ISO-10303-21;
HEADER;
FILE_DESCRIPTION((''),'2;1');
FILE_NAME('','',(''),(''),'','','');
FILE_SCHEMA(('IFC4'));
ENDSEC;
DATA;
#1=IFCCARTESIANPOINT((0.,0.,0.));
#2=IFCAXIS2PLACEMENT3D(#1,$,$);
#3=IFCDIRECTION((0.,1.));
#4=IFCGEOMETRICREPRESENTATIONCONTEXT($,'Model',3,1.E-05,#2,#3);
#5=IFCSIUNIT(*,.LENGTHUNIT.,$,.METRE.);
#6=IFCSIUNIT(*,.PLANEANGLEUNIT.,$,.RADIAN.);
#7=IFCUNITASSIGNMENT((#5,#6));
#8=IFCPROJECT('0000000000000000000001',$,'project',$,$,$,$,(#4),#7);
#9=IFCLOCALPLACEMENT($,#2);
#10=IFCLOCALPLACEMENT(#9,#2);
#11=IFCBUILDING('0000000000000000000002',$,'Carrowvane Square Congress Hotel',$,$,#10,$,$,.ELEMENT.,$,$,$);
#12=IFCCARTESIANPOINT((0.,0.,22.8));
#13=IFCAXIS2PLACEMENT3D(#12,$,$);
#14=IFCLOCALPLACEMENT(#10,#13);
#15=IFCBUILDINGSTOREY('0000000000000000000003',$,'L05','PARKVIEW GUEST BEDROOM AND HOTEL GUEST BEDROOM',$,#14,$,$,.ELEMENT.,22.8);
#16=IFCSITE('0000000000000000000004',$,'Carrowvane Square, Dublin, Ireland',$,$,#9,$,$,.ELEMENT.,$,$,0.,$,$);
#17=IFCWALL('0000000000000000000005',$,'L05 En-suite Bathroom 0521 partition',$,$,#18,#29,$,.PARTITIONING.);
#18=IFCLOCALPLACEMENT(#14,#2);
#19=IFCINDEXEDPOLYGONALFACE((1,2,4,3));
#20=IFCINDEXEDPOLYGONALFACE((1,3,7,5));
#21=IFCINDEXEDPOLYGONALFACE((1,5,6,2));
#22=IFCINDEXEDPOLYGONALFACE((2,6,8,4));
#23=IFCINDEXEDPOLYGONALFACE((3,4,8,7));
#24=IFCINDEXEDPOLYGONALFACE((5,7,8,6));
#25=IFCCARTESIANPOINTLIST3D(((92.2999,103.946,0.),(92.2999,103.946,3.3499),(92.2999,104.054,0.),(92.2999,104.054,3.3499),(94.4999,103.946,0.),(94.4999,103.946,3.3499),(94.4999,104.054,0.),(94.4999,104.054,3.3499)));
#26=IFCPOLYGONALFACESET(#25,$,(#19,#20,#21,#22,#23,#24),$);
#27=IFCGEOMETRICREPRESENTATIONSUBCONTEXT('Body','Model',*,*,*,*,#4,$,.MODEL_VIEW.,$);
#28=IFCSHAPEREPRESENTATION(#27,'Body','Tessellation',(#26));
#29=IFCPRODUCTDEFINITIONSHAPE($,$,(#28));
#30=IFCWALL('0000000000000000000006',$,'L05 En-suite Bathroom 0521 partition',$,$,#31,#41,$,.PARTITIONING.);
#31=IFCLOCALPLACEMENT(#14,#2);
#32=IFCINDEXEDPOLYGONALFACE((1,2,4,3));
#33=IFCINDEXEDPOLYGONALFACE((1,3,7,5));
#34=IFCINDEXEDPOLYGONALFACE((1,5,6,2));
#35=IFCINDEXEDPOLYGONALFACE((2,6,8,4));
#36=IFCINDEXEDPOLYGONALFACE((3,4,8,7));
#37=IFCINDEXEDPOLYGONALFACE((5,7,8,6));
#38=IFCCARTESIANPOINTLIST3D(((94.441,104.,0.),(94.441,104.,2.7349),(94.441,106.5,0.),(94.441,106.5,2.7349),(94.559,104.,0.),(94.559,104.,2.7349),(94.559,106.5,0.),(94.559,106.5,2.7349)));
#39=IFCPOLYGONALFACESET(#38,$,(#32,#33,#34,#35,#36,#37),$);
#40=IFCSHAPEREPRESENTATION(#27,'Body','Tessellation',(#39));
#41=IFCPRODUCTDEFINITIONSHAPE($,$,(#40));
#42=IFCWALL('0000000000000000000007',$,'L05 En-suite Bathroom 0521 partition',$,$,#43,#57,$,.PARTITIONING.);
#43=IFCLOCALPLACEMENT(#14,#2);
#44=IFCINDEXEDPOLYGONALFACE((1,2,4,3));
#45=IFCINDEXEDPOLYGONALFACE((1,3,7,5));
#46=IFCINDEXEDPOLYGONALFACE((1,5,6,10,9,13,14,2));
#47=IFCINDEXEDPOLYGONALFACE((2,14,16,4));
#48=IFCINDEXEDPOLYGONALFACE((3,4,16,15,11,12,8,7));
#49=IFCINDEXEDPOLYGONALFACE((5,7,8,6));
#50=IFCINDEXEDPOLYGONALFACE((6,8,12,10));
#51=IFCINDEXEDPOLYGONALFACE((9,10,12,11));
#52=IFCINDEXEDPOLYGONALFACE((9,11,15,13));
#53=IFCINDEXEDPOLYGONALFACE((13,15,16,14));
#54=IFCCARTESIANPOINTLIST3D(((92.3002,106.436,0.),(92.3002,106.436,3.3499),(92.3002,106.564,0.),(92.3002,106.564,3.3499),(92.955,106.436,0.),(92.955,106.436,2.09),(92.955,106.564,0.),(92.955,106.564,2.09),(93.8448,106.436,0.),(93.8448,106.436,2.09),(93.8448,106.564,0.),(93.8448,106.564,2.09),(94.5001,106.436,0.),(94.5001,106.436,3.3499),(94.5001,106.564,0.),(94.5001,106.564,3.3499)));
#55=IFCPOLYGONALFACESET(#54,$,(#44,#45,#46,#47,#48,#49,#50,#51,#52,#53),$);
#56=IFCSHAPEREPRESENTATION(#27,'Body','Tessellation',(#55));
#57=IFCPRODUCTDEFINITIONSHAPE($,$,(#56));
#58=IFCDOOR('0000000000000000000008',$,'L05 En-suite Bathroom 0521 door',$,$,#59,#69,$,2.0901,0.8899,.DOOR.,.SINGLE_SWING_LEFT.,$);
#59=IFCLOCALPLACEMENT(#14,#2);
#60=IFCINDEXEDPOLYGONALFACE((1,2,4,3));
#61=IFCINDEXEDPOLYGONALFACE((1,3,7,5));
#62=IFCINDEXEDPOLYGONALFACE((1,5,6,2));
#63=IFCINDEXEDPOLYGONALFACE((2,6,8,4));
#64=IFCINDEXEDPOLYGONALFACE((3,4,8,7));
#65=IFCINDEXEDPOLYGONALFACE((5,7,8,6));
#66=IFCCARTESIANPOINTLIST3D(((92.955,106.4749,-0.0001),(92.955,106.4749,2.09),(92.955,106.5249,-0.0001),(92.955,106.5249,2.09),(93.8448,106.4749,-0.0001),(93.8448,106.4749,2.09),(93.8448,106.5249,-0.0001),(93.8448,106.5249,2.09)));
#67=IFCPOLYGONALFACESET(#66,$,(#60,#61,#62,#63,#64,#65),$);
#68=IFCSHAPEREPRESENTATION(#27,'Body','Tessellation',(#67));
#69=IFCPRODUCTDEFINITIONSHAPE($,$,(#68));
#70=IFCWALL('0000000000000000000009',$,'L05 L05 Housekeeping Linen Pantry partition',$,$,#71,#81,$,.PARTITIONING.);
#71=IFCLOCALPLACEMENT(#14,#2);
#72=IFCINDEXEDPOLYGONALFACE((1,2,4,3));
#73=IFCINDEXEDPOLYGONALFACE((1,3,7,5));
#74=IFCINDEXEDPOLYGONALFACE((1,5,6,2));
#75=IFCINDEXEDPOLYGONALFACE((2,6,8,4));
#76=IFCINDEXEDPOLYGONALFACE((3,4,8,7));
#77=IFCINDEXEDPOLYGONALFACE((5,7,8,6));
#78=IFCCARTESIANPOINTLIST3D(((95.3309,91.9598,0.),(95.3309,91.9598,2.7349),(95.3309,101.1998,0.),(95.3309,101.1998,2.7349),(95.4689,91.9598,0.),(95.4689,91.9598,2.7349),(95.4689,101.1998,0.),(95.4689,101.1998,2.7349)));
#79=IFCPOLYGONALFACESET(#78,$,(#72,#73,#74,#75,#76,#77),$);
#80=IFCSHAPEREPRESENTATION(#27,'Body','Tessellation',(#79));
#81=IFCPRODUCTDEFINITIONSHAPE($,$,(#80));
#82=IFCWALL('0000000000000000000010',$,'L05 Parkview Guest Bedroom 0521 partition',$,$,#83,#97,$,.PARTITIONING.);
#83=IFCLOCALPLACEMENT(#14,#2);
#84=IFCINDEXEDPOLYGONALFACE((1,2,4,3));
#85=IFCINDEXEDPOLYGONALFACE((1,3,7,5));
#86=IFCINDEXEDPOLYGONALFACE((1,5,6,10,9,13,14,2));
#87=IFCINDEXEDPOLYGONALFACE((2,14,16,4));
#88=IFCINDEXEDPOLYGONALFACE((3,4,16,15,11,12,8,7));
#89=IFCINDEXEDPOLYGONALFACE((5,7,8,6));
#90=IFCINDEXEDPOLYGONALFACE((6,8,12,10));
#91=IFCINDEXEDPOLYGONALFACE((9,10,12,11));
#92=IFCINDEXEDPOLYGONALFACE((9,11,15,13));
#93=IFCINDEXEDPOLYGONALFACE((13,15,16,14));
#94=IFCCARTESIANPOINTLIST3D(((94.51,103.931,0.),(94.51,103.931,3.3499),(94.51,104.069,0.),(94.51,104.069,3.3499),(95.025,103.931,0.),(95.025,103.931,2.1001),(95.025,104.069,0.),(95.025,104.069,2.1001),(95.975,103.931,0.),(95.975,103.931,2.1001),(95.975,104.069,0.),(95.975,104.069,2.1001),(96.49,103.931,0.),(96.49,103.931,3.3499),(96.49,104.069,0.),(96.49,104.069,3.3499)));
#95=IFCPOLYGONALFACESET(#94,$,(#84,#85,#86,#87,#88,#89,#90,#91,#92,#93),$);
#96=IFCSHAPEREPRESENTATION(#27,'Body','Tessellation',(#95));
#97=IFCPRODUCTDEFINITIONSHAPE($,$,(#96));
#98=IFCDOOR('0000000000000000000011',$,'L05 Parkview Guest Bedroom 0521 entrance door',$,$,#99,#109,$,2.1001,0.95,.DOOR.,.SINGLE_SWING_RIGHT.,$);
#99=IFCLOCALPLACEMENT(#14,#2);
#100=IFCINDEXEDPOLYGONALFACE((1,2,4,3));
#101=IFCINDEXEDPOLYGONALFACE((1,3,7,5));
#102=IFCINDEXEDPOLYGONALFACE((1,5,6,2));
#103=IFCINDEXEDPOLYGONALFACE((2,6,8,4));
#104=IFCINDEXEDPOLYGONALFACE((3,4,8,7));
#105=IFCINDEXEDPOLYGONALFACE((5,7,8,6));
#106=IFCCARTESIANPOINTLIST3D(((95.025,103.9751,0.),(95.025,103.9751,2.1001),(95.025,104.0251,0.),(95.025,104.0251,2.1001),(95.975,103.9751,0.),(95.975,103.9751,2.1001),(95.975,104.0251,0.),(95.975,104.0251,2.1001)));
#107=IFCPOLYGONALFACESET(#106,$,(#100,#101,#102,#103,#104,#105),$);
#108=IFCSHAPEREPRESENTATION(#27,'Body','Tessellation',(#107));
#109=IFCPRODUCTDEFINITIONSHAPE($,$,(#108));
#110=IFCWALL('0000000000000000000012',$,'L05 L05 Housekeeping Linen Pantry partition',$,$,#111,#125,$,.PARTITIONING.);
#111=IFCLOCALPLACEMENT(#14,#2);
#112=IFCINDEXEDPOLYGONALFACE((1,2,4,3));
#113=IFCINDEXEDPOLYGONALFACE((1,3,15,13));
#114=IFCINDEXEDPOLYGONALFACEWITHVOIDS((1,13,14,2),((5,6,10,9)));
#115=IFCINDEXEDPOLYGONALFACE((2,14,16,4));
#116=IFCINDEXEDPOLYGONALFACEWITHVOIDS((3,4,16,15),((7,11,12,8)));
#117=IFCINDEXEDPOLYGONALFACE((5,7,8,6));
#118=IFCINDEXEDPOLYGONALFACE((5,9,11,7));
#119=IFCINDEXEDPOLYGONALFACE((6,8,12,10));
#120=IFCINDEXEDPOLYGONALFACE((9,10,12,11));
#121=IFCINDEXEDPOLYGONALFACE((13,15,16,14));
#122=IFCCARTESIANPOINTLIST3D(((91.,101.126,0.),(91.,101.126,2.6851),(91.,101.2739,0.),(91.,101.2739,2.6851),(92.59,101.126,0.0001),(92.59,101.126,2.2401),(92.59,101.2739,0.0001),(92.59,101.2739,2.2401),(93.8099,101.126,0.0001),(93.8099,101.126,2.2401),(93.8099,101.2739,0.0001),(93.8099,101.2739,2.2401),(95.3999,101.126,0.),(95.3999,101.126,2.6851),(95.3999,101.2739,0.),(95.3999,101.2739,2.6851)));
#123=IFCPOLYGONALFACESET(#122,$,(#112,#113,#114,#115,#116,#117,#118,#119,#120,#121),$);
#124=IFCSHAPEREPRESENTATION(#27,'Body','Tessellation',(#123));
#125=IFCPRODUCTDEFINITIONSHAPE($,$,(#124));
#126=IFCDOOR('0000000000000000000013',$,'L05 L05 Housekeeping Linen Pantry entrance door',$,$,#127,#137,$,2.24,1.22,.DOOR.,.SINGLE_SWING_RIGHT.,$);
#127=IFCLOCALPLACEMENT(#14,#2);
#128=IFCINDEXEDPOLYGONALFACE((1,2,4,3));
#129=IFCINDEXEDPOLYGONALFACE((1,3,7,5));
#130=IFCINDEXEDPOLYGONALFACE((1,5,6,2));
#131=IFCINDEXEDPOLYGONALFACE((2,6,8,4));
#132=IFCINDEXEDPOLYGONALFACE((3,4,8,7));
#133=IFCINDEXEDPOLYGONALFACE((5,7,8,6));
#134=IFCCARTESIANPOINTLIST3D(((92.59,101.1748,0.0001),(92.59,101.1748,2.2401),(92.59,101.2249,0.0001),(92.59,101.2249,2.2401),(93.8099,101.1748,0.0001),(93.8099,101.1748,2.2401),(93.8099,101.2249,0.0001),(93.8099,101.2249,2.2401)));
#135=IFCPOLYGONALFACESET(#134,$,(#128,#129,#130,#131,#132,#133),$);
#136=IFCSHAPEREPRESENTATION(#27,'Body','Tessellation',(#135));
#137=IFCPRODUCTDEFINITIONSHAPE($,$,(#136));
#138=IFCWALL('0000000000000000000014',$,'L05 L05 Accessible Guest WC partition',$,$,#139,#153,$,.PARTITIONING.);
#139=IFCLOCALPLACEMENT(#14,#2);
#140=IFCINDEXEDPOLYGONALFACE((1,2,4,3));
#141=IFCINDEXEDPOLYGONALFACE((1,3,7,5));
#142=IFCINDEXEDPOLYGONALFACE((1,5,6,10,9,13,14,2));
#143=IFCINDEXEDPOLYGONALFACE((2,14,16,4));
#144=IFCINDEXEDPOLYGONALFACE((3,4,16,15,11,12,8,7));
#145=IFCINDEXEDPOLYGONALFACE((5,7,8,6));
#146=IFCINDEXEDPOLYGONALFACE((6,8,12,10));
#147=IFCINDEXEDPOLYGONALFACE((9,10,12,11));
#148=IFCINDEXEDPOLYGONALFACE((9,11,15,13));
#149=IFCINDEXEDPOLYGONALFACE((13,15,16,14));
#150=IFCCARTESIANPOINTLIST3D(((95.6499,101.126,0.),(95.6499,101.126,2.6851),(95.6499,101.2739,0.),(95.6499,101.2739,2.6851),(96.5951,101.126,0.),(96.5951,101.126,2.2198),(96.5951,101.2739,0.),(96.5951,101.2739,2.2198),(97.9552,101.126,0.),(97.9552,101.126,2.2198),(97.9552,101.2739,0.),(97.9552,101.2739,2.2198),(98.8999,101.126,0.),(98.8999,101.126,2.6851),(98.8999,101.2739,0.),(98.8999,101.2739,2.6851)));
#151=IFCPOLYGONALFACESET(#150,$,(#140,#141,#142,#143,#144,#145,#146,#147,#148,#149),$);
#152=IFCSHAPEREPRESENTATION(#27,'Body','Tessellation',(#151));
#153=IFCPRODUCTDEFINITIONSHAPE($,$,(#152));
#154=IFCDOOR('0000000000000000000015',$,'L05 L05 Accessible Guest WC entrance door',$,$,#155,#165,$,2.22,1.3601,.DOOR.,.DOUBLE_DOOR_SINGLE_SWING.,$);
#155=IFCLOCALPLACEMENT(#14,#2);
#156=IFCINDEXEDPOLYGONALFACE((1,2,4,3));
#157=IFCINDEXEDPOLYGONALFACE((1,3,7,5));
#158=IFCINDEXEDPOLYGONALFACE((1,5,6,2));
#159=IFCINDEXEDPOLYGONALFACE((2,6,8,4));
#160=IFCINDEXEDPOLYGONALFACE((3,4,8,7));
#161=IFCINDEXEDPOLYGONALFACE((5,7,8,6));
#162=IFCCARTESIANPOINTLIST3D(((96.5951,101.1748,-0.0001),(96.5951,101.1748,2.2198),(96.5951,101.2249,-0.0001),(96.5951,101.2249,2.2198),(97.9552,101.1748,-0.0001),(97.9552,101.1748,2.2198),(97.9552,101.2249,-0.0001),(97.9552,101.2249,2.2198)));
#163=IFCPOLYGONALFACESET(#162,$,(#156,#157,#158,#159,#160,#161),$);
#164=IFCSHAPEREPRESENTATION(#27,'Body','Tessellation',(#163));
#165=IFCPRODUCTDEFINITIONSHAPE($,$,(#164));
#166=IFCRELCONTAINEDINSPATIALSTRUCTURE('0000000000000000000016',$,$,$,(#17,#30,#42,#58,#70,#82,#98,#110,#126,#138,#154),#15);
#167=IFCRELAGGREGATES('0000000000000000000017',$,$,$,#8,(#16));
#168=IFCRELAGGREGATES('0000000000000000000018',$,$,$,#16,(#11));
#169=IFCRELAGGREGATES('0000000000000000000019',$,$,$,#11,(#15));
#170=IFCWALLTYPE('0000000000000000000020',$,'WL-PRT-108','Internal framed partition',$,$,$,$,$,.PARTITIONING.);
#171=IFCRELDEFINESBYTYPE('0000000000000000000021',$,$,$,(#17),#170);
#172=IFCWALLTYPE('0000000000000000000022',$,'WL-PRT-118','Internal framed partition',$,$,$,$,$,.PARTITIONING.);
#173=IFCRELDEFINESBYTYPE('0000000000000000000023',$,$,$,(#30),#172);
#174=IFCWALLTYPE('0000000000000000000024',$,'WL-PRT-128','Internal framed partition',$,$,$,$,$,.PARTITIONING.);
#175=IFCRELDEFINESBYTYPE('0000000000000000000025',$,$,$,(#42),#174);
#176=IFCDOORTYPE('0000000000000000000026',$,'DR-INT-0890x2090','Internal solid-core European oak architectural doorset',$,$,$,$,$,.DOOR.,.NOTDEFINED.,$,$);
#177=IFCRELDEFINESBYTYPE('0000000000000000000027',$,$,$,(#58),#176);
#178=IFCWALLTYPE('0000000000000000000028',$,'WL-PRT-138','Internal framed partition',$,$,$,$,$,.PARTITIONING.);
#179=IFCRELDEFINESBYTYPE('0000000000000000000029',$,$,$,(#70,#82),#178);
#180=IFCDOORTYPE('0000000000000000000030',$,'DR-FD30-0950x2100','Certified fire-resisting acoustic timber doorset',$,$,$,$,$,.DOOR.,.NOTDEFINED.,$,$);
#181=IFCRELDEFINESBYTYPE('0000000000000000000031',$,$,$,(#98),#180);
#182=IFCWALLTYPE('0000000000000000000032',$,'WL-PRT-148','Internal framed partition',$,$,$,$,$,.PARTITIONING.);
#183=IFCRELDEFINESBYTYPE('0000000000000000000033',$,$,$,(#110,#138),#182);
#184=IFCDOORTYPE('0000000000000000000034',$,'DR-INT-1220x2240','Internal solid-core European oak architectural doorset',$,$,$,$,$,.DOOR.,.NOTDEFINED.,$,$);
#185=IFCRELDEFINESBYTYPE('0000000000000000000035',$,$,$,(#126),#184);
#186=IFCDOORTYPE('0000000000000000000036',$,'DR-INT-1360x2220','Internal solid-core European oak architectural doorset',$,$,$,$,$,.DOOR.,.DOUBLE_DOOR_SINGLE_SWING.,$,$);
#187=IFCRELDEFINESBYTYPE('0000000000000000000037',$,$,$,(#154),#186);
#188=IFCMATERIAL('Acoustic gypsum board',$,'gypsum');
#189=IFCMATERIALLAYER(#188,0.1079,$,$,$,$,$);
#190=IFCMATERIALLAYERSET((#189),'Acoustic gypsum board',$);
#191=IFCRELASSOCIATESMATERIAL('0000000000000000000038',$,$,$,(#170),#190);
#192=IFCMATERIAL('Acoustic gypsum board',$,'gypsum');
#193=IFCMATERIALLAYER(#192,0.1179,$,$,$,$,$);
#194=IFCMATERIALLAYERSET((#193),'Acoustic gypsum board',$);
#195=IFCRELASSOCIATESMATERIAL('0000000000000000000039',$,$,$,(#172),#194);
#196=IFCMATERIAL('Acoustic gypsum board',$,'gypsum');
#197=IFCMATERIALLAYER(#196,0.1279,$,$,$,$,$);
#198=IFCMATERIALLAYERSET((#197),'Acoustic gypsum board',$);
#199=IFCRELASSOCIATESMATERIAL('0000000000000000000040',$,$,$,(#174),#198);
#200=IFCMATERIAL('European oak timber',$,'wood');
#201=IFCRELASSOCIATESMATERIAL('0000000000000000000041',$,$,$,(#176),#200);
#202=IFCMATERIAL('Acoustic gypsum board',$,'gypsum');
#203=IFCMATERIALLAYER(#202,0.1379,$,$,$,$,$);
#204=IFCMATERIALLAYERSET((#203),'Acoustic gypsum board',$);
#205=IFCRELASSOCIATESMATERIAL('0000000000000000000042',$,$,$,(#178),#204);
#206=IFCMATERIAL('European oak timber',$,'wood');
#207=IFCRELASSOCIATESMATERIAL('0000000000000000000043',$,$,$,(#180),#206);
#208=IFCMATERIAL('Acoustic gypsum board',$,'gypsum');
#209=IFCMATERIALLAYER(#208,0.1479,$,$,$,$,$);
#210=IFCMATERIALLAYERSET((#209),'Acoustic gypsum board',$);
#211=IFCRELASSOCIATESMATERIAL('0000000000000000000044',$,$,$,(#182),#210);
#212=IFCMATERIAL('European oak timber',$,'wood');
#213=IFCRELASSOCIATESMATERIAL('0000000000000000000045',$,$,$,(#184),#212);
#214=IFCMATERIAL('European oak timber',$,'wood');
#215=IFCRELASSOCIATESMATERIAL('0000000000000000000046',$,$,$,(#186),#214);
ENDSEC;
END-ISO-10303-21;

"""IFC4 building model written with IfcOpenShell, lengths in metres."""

from ifc_helpers import new_model, si_unit, direction, frame, frame_2d, origin, place, context, subcontext, project, spatial, rectangle, extrude, material, layer, layer_set, type_object, element, fill, save


model = new_model("IFC4")

# Units and contexts
model_context = context("Model", 3, precision=1e-05, world=origin(), true_north=direction((0.0, 1.0)))
body_context = subcontext(model_context, "Body", "Model", "MODEL_VIEW")
ifc_project = project(units=[si_unit("LENGTHUNIT", "METRE"), si_unit("PLANEANGLEUNIT", "RADIAN")], contexts=[model_context])

# Site, building, storey
site_placement = place(None, origin())
site = spatial("IfcSite", under=ifc_project, at=site_placement, Name="Carrowvane Square, Dublin, Ireland", CompositionType="ELEMENT", RefElevation=0.0)
building_placement = place(site_placement, origin())
building = spatial("IfcBuilding", under=site, at=building_placement, Name="Carrowvane Square Congress Hotel", CompositionType="ELEMENT")
storey_placement = place(building_placement, frame((0.0, 0.0, 22.8)))
storey = spatial("IfcBuildingStorey", under=building, at=storey_placement, Name="L05", Description="PARKVIEW GUEST BEDROOM AND HOTEL GUEST BEDROOM", CompositionType="ELEMENT", Elevation=22.8)

# Shared definitions
ifc_material_1 = material(Name="Acoustic gypsum board", Category="gypsum")
ifc_layer_1 = layer(ifc_material_1, 0.1079)
ifc_layer_set_1 = layer_set([ifc_layer_1], Name="Acoustic gypsum board")
wall_type_1 = type_object("IfcWallType", Name="WL-PRT-108", Description="Internal framed partition", PredefinedType="PARTITIONING", material=ifc_layer_set_1)

# Walls
wall_1_placement = place(storey_placement, frame((94.5, 104.0, 0.0), z_axis=(0.0, 0.0, 1.0), x_axis=(-1.0, 0.0, 0.0)))
element("IfcWall", 1, at=wall_1_placement, inside=storey, type_object=wall_type_1, Name="L05 En-suite Bathroom 0521 partition", PredefinedType="PARTITIONING", context=body_context, shape_type="SweptSolid", body=[
    extrude(rectangle(XDim=2.2, YDim=0.1079, at=frame_2d((1.1001, 0.0))), origin(), (0.0, 0.0, 1.0), 3.3499),
])
ifc_material_2 = material(Name="Acoustic gypsum board", Category="gypsum")
ifc_layer_2 = layer(ifc_material_2, 0.1179)
ifc_layer_set_2 = layer_set([ifc_layer_2], Name="Acoustic gypsum board")
wall_type_2 = type_object("IfcWallType", Name="WL-PRT-118", Description="Internal framed partition", PredefinedType="PARTITIONING", material=ifc_layer_set_2)
wall_2_placement = place(storey_placement, frame((94.5, 106.5, 0.0), z_axis=(0.0, 0.0, 1.0), x_axis=(0.0, -1.0, 0.0)))
element("IfcWall", 2, at=wall_2_placement, inside=storey, type_object=wall_type_2, Name="L05 En-suite Bathroom 0521 partition", PredefinedType="PARTITIONING", context=body_context, shape_type="SweptSolid", body=[
    extrude(rectangle(XDim=2.5, YDim=0.1179, at=frame_2d((1.25, 0.0))), origin(), (0.0, 0.0, 1.0), 2.7349),
])

# Wall, opening, door
ifc_material_3 = material(Name="Acoustic gypsum board", Category="gypsum")
ifc_layer_3 = layer(ifc_material_3, 0.1279)
ifc_layer_set_3 = layer_set([ifc_layer_3], Name="Acoustic gypsum board")
wall_type_3 = type_object("IfcWallType", Name="WL-PRT-128", Description="Internal framed partition", PredefinedType="PARTITIONING", material=ifc_layer_set_3)
wall_3_placement = place(storey_placement, frame((92.3, 106.5, 0.0), z_axis=(0.0, 0.0, 1.0), x_axis=(1.0, 0.0, 0.0)))
wall_3 = element("IfcWall", 3, at=wall_3_placement, inside=storey, type_object=wall_type_3, Name="L05 En-suite Bathroom 0521 partition", PredefinedType="PARTITIONING", context=body_context, shape_type="SweptSolid", body=[
    extrude(rectangle(XDim=2.2, YDim=0.1279, at=frame_2d((1.1001, 0.0))), origin(), (0.0, 0.0, 1.0), 3.3499),
])
opening_1_placement = place(wall_3_placement, frame((0.655, 0.0, 0.0)))
opening_1 = element("IfcOpeningElement", 4, at=opening_1_placement, cuts=wall_3, PredefinedType="OPENING", context=body_context, shape_type="SweptSolid", body=[
    extrude(rectangle(XDim=0.8899, YDim=2.0901, at=frame_2d((0.4448, 1.0449))), frame((0.0, 0.074, 0.0), z_axis=(0.0, -1.0, 0.0), x_axis=(1.0, 0.0, 0.0)), (0.0, 0.0, 1.0), 0.1479),
])
ifc_material_4 = material(Name="European oak timber", Category="wood")
door_type_1 = type_object("IfcDoorType", Name="DR-INT-0890x2090", Description="Internal solid-core European oak architectural doorset", OperationType="NOTDEFINED", PredefinedType="DOOR", material=ifc_material_4)
door_1_placement = place(opening_1_placement, origin())
door_1 = element("IfcDoor", 5, at=door_1_placement, inside=storey, type_object=door_type_1, Name="L05 En-suite Bathroom 0521 door", OperationType="SINGLE_SWING_LEFT", OverallHeight=2.0901, OverallWidth=0.8899, PredefinedType="DOOR", context=body_context, shape_type="SweptSolid", body=[
    extrude(rectangle(XDim=0.8899, YDim=2.0901, at=frame_2d((0.4448, 1.0449))), frame((0.0, 0.0249, 0.0), z_axis=(0.0, -1.0, 0.0), x_axis=(1.0, 0.0, 0.0)), (0.0, 0.0, 1.0), 0.05),
])
fill(opening_1, door_1)

# Wall
ifc_material_5 = material(Name="Acoustic gypsum board", Category="gypsum")
ifc_layer_4 = layer(ifc_material_5, 0.1379)
ifc_layer_set_4 = layer_set([ifc_layer_4], Name="Acoustic gypsum board")
wall_type_4 = type_object("IfcWallType", Name="WL-PRT-138", Description="Internal framed partition", PredefinedType="PARTITIONING", material=ifc_layer_set_4)
wall_4_placement = place(storey_placement, frame((95.3999, 101.2, 0.0), z_axis=(0.0, 0.0, 1.0), x_axis=(0.0, -1.0, 0.0)))
element("IfcWall", 6, at=wall_4_placement, inside=storey, type_object=wall_type_4, Name="L05 L05 Housekeeping Linen Pantry partition", PredefinedType="PARTITIONING", context=body_context, shape_type="SweptSolid", body=[
    extrude(rectangle(XDim=9.24, YDim=0.1379, at=frame_2d((4.6201, 0.0))), origin(), (0.0, 0.0, 1.0), 2.7349),
])

# Walls, openings, doors
wall_5_placement = place(storey_placement, frame((96.49, 104.0, 0.0), z_axis=(0.0, 0.0, 1.0), x_axis=(-1.0, 0.0, 0.0)))
wall_5 = element("IfcWall", 7, at=wall_5_placement, inside=storey, type_object=wall_type_4, Name="L05 Parkview Guest Bedroom 0521 partition", PredefinedType="PARTITIONING", context=body_context, shape_type="SweptSolid", body=[
    extrude(rectangle(XDim=1.98, YDim=0.1379, at=frame_2d((0.99, 0.0))), origin(), (0.0, 0.0, 1.0), 3.3499),
])
opening_2_placement = place(wall_5_placement, frame((0.5149, 0.0, 0.0)))
opening_2 = element("IfcOpeningElement", 8, at=opening_2_placement, cuts=wall_5, PredefinedType="OPENING", context=body_context, shape_type="SweptSolid", body=[
    extrude(rectangle(XDim=0.95, YDim=2.1001, at=frame_2d((0.4751, 1.05))), frame((0.0, 0.0789, 0.0), z_axis=(0.0, -1.0, 0.0), x_axis=(1.0, 0.0, 0.0)), (0.0, 0.0, 1.0), 0.158),
])
ifc_material_6 = material(Name="European oak timber", Category="wood")
door_type_2 = type_object("IfcDoorType", Name="DR-FD30-0950x2100", Description="Certified fire-resisting acoustic timber doorset", OperationType="NOTDEFINED", PredefinedType="DOOR", material=ifc_material_6)
door_2_placement = place(opening_2_placement, origin())
door_2 = element("IfcDoor", 9, at=door_2_placement, inside=storey, type_object=door_type_2, Name="L05 Parkview Guest Bedroom 0521 entrance door", OperationType="SINGLE_SWING_RIGHT", OverallHeight=2.1001, OverallWidth=0.95, PredefinedType="DOOR", context=body_context, shape_type="SweptSolid", body=[
    extrude(rectangle(XDim=0.95, YDim=2.1001, at=frame_2d((0.4751, 1.05))), frame((0.0, 0.0249, 0.0), z_axis=(0.0, -1.0, 0.0), x_axis=(1.0, 0.0, 0.0)), (0.0, 0.0, 1.0), 0.05),
])
fill(opening_2, door_2)
ifc_material_7 = material(Name="Acoustic gypsum board", Category="gypsum")
ifc_layer_5 = layer(ifc_material_7, 0.1479)
ifc_layer_set_5 = layer_set([ifc_layer_5], Name="Acoustic gypsum board")
wall_type_5 = type_object("IfcWallType", Name="WL-PRT-148", Description="Internal framed partition", PredefinedType="PARTITIONING", material=ifc_layer_set_5)
wall_6_placement = place(storey_placement, frame((91.0, 101.2, 0.0), z_axis=(0.0, 0.0, 1.0), x_axis=(1.0, 0.0, 0.0)))
wall_6 = element("IfcWall", 10, at=wall_6_placement, inside=storey, type_object=wall_type_5, Name="L05 L05 Housekeeping Linen Pantry partition", PredefinedType="PARTITIONING", context=body_context, shape_type="SweptSolid", body=[
    extrude(rectangle(XDim=4.3999, YDim=0.1479, at=frame_2d((2.2, 0.0))), origin(), (0.0, 0.0, 1.0), 2.6851),
])
opening_3_placement = place(wall_6_placement, frame((1.5901, 0.0, 0.0)))
opening_3 = element("IfcOpeningElement", 11, at=opening_3_placement, cuts=wall_6, PredefinedType="OPENING", context=body_context, shape_type="SweptSolid", body=[
    extrude(rectangle(XDim=1.22, YDim=2.24, at=frame_2d((0.6099, 1.1201))), frame((0.0, 0.084, 0.0), z_axis=(0.0, -1.0, 0.0), x_axis=(1.0, 0.0, 0.0)), (0.0, 0.0, 1.0), 0.168),
])
ifc_material_8 = material(Name="European oak timber", Category="wood")
door_type_3 = type_object("IfcDoorType", Name="DR-INT-1220x2240", Description="Internal solid-core European oak architectural doorset", OperationType="NOTDEFINED", PredefinedType="DOOR", material=ifc_material_8)
door_3_placement = place(opening_3_placement, origin())
door_3 = element("IfcDoor", 12, at=door_3_placement, inside=storey, type_object=door_type_3, Name="L05 L05 Housekeeping Linen Pantry entrance door", OperationType="SINGLE_SWING_RIGHT", OverallHeight=2.24, OverallWidth=1.22, PredefinedType="DOOR", context=body_context, shape_type="SweptSolid", body=[
    extrude(rectangle(XDim=1.22, YDim=2.24, at=frame_2d((0.6099, 1.1201))), frame((0.0, 0.0249, 0.0), z_axis=(0.0, -1.0, 0.0), x_axis=(1.0, 0.0, 0.0)), (0.0, 0.0, 1.0), 0.05),
])
fill(opening_3, door_3)
wall_7_placement = place(storey_placement, frame((95.6499, 101.2, 0.0), z_axis=(0.0, 0.0, 1.0), x_axis=(1.0, 0.0, 0.0)))
wall_7 = element("IfcWall", 13, at=wall_7_placement, inside=storey, type_object=wall_type_5, Name="L05 L05 Accessible Guest WC partition", PredefinedType="PARTITIONING", context=body_context, shape_type="SweptSolid", body=[
    extrude(rectangle(XDim=3.25, YDim=0.1479, at=frame_2d((1.625, 0.0))), origin(), (0.0, 0.0, 1.0), 2.6851),
])
opening_4_placement = place(wall_7_placement, frame((0.9451, 0.0, 0.0)))
opening_4 = element("IfcOpeningElement", 14, at=opening_4_placement, cuts=wall_7, PredefinedType="OPENING", context=body_context, shape_type="SweptSolid", body=[
    extrude(rectangle(XDim=1.3601, YDim=2.22, at=frame_2d((0.6802, 1.1099))), frame((0.0, 0.084, 0.0), z_axis=(0.0, -1.0, 0.0), x_axis=(1.0, 0.0, 0.0)), (0.0, 0.0, 1.0), 0.168),
])
ifc_material_9 = material(Name="European oak timber", Category="wood")
door_type_4 = type_object("IfcDoorType", Name="DR-INT-1360x2220", Description="Internal solid-core European oak architectural doorset", OperationType="DOUBLE_DOOR_SINGLE_SWING", PredefinedType="DOOR", material=ifc_material_9)
door_4_placement = place(opening_4_placement, origin())
door_4 = element("IfcDoor", 15, at=door_4_placement, inside=storey, type_object=door_type_4, Name="L05 L05 Accessible Guest WC entrance door", OperationType="DOUBLE_DOOR_SINGLE_SWING", OverallHeight=2.22, OverallWidth=1.3601, PredefinedType="DOOR", context=body_context, shape_type="SweptSolid", body=[
    extrude(rectangle(XDim=1.3601, YDim=2.22, at=frame_2d((0.6802, 1.1099))), frame((0.0, 0.0249, 0.0), z_axis=(0.0, -1.0, 0.0), x_axis=(1.0, 0.0, 0.0)), (0.0, 0.0, 1.0), 0.05),
])
fill(opening_4, door_4)

save(model, "model.ifc")
